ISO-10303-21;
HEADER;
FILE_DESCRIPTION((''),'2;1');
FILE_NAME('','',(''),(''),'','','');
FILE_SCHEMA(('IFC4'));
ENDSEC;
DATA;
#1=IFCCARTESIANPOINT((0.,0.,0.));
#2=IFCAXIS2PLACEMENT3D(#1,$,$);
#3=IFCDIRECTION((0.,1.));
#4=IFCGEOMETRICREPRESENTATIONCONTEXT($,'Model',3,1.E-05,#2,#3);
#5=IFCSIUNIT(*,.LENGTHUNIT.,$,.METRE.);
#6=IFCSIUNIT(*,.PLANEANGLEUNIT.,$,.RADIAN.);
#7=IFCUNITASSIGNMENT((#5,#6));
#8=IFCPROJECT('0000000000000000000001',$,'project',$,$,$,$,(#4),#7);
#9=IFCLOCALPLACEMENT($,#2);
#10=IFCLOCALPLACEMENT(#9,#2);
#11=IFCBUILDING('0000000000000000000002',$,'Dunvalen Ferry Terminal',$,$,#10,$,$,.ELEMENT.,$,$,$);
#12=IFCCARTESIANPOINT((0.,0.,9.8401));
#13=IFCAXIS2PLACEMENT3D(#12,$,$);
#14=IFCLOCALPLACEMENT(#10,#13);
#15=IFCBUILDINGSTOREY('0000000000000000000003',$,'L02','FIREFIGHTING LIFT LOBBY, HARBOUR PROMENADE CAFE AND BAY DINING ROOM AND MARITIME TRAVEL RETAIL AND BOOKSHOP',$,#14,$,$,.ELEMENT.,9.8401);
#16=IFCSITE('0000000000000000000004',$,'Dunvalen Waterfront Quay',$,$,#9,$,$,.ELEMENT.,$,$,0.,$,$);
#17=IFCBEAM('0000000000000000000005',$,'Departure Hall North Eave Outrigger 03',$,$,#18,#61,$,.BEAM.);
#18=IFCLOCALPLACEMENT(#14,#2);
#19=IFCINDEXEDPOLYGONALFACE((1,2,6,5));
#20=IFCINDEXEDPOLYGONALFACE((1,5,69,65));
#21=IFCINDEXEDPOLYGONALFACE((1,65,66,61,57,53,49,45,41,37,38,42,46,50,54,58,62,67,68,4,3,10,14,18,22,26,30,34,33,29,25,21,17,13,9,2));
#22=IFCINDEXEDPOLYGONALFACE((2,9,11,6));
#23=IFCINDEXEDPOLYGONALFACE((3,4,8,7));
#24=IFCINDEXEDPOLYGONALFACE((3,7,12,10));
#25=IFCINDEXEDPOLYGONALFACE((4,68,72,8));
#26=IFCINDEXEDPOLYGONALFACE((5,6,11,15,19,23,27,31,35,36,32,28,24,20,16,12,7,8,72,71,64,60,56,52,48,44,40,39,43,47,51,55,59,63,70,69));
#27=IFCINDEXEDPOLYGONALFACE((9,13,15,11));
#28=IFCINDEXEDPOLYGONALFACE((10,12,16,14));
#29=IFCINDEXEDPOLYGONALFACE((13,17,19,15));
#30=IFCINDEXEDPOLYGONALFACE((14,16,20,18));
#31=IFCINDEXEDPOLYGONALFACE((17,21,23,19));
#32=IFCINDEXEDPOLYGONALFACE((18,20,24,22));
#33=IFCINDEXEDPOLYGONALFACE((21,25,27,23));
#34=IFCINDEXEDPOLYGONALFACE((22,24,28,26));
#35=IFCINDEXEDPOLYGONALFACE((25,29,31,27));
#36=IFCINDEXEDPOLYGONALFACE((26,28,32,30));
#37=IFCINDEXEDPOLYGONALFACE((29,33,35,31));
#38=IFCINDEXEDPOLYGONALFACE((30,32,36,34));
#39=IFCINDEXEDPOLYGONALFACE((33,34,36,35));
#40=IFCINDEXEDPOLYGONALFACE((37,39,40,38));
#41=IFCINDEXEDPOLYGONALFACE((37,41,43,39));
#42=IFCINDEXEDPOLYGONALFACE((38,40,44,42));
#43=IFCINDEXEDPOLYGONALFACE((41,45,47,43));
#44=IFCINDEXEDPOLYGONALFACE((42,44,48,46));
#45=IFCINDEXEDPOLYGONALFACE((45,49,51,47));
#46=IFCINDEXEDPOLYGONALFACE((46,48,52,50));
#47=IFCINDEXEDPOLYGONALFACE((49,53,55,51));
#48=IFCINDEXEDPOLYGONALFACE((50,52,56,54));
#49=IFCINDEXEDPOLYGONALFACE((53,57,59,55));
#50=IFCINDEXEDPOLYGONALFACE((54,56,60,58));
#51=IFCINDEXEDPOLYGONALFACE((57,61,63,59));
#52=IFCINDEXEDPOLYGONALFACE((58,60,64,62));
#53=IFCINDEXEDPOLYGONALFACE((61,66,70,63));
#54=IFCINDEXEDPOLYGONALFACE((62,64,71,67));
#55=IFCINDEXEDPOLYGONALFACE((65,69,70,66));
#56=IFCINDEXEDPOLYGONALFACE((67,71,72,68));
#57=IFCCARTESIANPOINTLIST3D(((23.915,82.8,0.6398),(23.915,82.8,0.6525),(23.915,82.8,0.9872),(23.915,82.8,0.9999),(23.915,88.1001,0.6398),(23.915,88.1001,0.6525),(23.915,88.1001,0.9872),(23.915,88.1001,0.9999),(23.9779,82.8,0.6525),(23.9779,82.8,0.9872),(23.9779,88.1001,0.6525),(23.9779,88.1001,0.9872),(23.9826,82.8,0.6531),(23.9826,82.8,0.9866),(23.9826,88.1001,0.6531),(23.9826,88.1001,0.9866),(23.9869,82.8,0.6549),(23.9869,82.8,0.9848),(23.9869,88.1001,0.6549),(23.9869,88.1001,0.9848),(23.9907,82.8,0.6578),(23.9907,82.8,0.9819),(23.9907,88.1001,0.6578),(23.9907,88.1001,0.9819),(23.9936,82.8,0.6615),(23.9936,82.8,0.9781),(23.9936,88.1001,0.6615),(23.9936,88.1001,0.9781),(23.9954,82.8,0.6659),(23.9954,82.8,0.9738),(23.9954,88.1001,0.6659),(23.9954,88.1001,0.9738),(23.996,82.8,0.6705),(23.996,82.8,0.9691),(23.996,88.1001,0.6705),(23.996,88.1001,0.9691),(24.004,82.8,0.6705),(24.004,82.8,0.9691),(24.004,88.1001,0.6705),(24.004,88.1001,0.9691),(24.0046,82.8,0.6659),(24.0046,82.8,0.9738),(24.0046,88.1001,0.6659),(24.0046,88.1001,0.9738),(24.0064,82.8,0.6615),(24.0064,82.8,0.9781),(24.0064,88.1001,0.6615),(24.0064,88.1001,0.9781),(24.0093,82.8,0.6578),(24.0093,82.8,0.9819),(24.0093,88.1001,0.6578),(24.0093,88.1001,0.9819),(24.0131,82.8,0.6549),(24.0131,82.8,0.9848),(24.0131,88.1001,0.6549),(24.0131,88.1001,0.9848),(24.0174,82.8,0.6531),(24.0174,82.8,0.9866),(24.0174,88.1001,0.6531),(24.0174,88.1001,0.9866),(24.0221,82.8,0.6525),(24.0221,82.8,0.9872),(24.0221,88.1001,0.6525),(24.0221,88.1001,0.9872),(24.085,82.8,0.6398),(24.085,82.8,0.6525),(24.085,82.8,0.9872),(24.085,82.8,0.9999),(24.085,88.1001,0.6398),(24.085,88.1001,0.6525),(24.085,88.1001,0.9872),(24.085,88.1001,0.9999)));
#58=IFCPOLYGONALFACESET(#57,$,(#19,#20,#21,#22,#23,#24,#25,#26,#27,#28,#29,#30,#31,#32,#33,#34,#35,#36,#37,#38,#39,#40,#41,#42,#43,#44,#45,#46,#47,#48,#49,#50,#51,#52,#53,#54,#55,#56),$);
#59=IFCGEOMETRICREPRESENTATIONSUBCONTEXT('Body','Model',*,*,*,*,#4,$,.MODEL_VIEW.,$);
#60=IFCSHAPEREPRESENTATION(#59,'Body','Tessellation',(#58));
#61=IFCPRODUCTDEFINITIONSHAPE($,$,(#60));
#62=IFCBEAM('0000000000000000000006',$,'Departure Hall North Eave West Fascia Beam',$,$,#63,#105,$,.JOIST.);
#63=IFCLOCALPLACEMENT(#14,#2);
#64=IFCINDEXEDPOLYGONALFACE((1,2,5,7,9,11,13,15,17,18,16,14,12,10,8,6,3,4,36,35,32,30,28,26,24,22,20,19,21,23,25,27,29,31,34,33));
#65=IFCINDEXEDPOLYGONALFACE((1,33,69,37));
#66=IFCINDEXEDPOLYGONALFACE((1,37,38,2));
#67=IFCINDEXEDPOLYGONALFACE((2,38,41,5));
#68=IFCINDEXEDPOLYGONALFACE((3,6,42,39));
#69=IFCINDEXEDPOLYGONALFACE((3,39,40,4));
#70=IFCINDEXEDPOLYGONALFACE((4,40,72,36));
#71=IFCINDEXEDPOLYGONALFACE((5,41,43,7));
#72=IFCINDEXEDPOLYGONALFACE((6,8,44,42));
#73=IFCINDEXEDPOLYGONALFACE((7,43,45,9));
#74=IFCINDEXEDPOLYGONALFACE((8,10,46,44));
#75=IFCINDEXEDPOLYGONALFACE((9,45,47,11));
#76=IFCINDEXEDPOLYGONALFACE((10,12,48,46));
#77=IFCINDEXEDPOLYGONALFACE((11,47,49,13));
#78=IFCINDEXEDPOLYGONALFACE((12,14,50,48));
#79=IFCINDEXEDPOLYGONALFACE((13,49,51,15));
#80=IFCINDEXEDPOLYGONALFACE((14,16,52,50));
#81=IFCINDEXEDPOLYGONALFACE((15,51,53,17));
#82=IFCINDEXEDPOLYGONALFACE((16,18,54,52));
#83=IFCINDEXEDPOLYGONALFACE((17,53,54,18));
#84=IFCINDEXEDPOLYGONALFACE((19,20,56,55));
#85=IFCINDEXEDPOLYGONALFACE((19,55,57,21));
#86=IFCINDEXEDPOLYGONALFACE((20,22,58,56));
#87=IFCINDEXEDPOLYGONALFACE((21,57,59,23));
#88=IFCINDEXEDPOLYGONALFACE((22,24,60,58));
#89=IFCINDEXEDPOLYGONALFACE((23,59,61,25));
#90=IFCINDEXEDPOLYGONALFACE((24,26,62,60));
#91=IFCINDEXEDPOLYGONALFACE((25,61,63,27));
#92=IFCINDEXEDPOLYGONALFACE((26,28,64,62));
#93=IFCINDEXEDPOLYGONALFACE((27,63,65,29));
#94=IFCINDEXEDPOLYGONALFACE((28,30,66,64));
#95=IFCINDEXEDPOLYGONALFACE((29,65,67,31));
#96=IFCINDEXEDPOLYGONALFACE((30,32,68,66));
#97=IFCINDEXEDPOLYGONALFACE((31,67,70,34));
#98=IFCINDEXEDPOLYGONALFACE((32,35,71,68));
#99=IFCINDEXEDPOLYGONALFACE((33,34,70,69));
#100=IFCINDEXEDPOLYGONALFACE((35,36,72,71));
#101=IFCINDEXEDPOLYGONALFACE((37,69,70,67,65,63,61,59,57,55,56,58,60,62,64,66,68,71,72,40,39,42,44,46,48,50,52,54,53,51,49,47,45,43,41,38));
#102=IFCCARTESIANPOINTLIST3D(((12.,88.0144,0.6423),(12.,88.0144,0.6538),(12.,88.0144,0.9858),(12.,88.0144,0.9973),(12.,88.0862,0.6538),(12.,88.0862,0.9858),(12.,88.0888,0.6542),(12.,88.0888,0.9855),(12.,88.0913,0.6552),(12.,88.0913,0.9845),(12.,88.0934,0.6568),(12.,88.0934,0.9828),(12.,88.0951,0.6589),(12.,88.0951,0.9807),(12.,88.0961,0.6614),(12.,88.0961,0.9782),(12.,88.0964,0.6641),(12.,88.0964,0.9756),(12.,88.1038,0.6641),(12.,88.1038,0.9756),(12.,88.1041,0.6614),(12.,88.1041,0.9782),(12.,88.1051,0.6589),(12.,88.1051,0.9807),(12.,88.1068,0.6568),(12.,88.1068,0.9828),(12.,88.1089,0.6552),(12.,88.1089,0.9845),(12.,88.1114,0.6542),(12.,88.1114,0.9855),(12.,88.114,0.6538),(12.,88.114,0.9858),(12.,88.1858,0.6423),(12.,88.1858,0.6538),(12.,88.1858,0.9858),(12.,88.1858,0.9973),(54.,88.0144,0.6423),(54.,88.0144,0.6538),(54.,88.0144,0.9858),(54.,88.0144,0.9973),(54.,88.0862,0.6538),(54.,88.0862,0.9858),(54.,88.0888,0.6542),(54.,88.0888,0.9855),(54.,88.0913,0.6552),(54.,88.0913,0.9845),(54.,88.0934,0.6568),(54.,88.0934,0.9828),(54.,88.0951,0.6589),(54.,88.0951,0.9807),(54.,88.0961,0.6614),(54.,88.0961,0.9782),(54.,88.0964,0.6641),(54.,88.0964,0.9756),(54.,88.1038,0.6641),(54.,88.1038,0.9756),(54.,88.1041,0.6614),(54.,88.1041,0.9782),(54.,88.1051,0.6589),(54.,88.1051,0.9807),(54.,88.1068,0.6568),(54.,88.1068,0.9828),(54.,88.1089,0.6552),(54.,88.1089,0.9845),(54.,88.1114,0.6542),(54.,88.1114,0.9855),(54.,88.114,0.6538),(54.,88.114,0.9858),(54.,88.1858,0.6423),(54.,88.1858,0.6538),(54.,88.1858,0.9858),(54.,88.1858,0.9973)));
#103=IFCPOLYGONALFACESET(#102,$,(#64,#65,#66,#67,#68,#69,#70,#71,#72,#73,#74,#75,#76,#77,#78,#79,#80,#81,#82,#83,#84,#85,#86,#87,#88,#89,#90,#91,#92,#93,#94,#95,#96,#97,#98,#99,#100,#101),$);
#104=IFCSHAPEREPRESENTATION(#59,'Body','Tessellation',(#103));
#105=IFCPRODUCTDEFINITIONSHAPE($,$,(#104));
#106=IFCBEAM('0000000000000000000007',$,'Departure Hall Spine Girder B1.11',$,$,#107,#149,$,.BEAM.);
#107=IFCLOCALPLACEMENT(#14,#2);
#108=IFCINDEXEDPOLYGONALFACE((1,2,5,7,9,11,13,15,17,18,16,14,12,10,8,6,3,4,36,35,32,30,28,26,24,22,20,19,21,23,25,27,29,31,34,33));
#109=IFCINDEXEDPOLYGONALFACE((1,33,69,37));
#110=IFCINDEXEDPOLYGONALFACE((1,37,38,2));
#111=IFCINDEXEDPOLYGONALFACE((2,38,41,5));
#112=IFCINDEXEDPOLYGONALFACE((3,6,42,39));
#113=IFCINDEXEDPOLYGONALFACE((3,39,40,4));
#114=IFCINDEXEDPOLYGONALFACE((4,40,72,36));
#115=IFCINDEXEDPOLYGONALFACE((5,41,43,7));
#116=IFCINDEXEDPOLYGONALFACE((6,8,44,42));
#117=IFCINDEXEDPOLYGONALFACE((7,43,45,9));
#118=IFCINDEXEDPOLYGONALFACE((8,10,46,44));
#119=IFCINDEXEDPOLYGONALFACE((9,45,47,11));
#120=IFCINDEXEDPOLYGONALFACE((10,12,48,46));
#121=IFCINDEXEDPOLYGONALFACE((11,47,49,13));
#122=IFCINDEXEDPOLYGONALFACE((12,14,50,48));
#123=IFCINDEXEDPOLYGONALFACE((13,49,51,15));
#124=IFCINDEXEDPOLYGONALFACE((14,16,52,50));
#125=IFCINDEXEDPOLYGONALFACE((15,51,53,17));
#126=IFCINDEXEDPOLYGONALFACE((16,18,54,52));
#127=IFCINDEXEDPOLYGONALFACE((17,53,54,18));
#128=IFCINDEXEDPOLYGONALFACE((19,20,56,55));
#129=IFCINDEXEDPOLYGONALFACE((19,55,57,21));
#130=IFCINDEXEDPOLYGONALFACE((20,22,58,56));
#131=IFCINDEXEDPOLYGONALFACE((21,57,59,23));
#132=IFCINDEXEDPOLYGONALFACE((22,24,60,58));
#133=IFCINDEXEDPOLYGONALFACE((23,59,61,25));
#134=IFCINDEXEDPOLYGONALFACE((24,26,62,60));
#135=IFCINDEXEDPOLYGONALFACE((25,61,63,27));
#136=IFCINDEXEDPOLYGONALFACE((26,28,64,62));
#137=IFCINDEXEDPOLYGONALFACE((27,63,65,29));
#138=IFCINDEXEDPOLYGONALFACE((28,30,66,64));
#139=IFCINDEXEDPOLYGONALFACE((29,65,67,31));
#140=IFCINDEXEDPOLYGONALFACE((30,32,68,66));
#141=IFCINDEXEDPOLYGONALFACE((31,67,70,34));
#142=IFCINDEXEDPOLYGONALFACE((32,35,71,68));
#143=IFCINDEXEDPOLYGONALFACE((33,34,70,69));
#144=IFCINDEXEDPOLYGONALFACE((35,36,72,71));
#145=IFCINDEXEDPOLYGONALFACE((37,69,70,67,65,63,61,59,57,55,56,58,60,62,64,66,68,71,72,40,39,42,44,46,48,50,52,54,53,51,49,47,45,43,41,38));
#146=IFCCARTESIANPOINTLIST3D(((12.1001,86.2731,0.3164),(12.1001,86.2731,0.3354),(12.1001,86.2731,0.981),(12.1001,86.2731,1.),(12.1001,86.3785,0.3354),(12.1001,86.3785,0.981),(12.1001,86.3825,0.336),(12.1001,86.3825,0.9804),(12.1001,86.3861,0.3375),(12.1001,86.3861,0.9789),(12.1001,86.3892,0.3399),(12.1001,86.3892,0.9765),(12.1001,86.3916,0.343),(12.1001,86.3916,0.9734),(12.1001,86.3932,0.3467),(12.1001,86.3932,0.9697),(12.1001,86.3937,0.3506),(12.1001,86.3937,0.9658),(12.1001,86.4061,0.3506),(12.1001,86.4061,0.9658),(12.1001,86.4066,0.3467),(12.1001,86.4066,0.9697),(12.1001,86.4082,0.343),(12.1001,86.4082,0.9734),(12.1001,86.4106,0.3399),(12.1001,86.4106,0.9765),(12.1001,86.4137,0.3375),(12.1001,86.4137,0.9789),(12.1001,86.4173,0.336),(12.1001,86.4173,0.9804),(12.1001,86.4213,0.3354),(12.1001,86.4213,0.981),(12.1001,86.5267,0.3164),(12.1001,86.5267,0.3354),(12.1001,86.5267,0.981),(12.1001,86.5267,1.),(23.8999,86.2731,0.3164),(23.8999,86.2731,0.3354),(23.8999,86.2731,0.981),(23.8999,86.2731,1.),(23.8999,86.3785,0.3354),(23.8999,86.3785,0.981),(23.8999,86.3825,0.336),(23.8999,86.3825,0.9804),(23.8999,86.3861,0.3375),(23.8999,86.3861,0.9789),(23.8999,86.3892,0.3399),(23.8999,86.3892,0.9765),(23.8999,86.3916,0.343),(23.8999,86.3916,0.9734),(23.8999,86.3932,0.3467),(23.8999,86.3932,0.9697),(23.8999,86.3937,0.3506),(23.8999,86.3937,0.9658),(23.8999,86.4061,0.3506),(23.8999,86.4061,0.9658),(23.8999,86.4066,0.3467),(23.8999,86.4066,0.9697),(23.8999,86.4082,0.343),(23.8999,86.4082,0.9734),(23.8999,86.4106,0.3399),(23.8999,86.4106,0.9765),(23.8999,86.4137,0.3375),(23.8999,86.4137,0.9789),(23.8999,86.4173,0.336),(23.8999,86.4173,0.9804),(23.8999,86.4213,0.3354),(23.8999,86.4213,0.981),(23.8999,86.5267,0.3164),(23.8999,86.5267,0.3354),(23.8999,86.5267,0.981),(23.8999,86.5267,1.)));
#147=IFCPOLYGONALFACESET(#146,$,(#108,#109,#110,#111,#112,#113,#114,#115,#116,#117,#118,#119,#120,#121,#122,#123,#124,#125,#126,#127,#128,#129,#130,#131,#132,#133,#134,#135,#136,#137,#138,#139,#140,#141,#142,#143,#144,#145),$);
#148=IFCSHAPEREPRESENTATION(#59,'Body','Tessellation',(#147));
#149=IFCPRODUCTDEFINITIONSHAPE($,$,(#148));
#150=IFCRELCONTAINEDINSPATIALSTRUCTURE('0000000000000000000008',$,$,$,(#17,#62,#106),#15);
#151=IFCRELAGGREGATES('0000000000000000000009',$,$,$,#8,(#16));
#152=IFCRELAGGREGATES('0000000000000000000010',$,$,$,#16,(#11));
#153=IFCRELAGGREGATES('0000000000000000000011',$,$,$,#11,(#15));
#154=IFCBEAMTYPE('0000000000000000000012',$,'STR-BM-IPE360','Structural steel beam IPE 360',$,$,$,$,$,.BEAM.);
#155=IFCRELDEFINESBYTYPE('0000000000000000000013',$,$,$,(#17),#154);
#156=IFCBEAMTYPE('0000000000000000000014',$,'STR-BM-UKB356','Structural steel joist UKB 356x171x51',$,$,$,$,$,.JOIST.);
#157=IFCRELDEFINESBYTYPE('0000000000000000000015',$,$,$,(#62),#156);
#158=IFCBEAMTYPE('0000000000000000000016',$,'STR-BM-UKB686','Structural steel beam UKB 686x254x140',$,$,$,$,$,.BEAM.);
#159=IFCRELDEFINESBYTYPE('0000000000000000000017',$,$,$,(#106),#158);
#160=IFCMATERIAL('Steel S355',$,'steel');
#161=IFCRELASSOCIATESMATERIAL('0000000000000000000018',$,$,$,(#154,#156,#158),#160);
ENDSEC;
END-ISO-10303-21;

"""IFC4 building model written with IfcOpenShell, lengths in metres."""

from ifc_helpers import new_model, si_unit, direction, frame, origin, origin_2d, place, context, subcontext, project, spatial, i_section, extrude, material, material_profile, profile_set, type_object, element, save


model = new_model("IFC4")

# Units and contexts
model_context = context("Model", 3, precision=1e-05, world=origin(), true_north=direction((0.0, 1.0)))
body_context = subcontext(model_context, "Body", "Model", "MODEL_VIEW")
ifc_project = project(units=[si_unit("LENGTHUNIT", "METRE"), si_unit("PLANEANGLEUNIT", "RADIAN")], contexts=[model_context])

# Site, building, storey
site_placement = place(None, origin())
site = spatial("IfcSite", under=ifc_project, at=site_placement, Name="Dunvalen Waterfront Quay", CompositionType="ELEMENT", RefElevation=0.0)
building_placement = place(site_placement, origin())
building = spatial("IfcBuilding", under=site, at=building_placement, Name="Dunvalen Ferry Terminal", CompositionType="ELEMENT")
storey_placement = place(building_placement, frame((0.0, 0.0, 9.8401)))
storey = spatial("IfcBuildingStorey", under=building, at=storey_placement, Name="L02", Description="FIREFIGHTING LIFT LOBBY, HARBOUR PROMENADE CAFE AND BAY DINING ROOM AND MARITIME TRAVEL RETAIL AND BOOKSHOP", CompositionType="ELEMENT", Elevation=9.8401)

# Beams
ifc_material_1 = material(Name="Steel S355", Category="steel")
ifc_material_profile_1 = material_profile(ifc_material_1, i_section(OverallWidth=0.1699, OverallDepth=0.3601, WebThickness=0.0081, FlangeThickness=0.0127, FilletRadius=0.0181, at=origin_2d()), Name="Steel S355")
ifc_profile_set_1 = profile_set([ifc_material_profile_1], Name="Steel S355")
beam_type_1 = type_object("IfcBeamType", Name="STR-BM-IPE360", Description="Structural steel beam IPE 360", PredefinedType="BEAM", material=ifc_profile_set_1)
beam_1_placement = place(storey_placement, frame((24.0, 82.8, 0.8198), z_axis=(0.0, 1.0, 0.0), x_axis=(-1.0, 0.0, 0.0)))
element("IfcBeam", 1, at=beam_1_placement, inside=storey, type_object=beam_type_1, Name="Departure Hall North Eave Outrigger 03", PredefinedType="BEAM", context=body_context, shape_type="SweptSolid", body=[
    extrude(i_section(OverallWidth=0.1699, OverallDepth=0.3601, WebThickness=0.0081, FlangeThickness=0.0127, FilletRadius=0.0181, at=origin_2d()), origin(), (0.0, 0.0, 1.0), 5.3),
])
ifc_material_profile_2 = material_profile(ifc_material_1, i_section(OverallWidth=0.1714, OverallDepth=0.355, WebThickness=0.0073, FlangeThickness=0.0115, FilletRadius=0.0103, at=origin_2d()), Name="Steel S355")
ifc_profile_set_2 = profile_set([ifc_material_profile_2], Name="Steel S355")
beam_type_2 = type_object("IfcBeamType", Name="STR-BM-UKB356", Description="Structural steel joist UKB 356x171x51", PredefinedType="JOIST", material=ifc_profile_set_2)
beam_2_placement = place(storey_placement, frame((12.0, 88.1001, 0.8198), z_axis=(1.0, 0.0, 0.0), x_axis=(0.0, 1.0, 0.0)))
element("IfcBeam", 2, at=beam_2_placement, inside=storey, type_object=beam_type_2, Name="Departure Hall North Eave West Fascia Beam", PredefinedType="JOIST", context=body_context, shape_type="SweptSolid", body=[
    extrude(i_section(OverallWidth=0.1714, OverallDepth=0.355, WebThickness=0.0073, FlangeThickness=0.0115, FilletRadius=0.0103, at=origin_2d()), origin(), (0.0, 0.0, 1.0), 42.0),
])
ifc_material_profile_3 = material_profile(ifc_material_1, i_section(OverallWidth=0.2537, OverallDepth=0.6836, WebThickness=0.0125, FlangeThickness=0.019, FilletRadius=0.0151, at=origin_2d()), Name="Steel S355")
ifc_profile_set_3 = profile_set([ifc_material_profile_3], Name="Steel S355")
beam_type_3 = type_object("IfcBeamType", Name="STR-BM-UKB686", Description="Structural steel beam UKB 686x254x140", PredefinedType="BEAM", material=ifc_profile_set_3)
beam_3_placement = place(storey_placement, frame((12.1001, 86.3999, 0.6582), z_axis=(1.0, 0.0, 0.0), x_axis=(0.0, 1.0, 0.0)))
element("IfcBeam", 3, at=beam_3_placement, inside=storey, type_object=beam_type_3, Name="Departure Hall Spine Girder B1.11", PredefinedType="BEAM", context=body_context, shape_type="SweptSolid", body=[
    extrude(i_section(OverallWidth=0.2537, OverallDepth=0.6836, WebThickness=0.0125, FlangeThickness=0.019, FilletRadius=0.0151, at=origin_2d()), origin(), (0.0, 0.0, 1.0), 11.7998),
])

save(model, "model.ifc")
